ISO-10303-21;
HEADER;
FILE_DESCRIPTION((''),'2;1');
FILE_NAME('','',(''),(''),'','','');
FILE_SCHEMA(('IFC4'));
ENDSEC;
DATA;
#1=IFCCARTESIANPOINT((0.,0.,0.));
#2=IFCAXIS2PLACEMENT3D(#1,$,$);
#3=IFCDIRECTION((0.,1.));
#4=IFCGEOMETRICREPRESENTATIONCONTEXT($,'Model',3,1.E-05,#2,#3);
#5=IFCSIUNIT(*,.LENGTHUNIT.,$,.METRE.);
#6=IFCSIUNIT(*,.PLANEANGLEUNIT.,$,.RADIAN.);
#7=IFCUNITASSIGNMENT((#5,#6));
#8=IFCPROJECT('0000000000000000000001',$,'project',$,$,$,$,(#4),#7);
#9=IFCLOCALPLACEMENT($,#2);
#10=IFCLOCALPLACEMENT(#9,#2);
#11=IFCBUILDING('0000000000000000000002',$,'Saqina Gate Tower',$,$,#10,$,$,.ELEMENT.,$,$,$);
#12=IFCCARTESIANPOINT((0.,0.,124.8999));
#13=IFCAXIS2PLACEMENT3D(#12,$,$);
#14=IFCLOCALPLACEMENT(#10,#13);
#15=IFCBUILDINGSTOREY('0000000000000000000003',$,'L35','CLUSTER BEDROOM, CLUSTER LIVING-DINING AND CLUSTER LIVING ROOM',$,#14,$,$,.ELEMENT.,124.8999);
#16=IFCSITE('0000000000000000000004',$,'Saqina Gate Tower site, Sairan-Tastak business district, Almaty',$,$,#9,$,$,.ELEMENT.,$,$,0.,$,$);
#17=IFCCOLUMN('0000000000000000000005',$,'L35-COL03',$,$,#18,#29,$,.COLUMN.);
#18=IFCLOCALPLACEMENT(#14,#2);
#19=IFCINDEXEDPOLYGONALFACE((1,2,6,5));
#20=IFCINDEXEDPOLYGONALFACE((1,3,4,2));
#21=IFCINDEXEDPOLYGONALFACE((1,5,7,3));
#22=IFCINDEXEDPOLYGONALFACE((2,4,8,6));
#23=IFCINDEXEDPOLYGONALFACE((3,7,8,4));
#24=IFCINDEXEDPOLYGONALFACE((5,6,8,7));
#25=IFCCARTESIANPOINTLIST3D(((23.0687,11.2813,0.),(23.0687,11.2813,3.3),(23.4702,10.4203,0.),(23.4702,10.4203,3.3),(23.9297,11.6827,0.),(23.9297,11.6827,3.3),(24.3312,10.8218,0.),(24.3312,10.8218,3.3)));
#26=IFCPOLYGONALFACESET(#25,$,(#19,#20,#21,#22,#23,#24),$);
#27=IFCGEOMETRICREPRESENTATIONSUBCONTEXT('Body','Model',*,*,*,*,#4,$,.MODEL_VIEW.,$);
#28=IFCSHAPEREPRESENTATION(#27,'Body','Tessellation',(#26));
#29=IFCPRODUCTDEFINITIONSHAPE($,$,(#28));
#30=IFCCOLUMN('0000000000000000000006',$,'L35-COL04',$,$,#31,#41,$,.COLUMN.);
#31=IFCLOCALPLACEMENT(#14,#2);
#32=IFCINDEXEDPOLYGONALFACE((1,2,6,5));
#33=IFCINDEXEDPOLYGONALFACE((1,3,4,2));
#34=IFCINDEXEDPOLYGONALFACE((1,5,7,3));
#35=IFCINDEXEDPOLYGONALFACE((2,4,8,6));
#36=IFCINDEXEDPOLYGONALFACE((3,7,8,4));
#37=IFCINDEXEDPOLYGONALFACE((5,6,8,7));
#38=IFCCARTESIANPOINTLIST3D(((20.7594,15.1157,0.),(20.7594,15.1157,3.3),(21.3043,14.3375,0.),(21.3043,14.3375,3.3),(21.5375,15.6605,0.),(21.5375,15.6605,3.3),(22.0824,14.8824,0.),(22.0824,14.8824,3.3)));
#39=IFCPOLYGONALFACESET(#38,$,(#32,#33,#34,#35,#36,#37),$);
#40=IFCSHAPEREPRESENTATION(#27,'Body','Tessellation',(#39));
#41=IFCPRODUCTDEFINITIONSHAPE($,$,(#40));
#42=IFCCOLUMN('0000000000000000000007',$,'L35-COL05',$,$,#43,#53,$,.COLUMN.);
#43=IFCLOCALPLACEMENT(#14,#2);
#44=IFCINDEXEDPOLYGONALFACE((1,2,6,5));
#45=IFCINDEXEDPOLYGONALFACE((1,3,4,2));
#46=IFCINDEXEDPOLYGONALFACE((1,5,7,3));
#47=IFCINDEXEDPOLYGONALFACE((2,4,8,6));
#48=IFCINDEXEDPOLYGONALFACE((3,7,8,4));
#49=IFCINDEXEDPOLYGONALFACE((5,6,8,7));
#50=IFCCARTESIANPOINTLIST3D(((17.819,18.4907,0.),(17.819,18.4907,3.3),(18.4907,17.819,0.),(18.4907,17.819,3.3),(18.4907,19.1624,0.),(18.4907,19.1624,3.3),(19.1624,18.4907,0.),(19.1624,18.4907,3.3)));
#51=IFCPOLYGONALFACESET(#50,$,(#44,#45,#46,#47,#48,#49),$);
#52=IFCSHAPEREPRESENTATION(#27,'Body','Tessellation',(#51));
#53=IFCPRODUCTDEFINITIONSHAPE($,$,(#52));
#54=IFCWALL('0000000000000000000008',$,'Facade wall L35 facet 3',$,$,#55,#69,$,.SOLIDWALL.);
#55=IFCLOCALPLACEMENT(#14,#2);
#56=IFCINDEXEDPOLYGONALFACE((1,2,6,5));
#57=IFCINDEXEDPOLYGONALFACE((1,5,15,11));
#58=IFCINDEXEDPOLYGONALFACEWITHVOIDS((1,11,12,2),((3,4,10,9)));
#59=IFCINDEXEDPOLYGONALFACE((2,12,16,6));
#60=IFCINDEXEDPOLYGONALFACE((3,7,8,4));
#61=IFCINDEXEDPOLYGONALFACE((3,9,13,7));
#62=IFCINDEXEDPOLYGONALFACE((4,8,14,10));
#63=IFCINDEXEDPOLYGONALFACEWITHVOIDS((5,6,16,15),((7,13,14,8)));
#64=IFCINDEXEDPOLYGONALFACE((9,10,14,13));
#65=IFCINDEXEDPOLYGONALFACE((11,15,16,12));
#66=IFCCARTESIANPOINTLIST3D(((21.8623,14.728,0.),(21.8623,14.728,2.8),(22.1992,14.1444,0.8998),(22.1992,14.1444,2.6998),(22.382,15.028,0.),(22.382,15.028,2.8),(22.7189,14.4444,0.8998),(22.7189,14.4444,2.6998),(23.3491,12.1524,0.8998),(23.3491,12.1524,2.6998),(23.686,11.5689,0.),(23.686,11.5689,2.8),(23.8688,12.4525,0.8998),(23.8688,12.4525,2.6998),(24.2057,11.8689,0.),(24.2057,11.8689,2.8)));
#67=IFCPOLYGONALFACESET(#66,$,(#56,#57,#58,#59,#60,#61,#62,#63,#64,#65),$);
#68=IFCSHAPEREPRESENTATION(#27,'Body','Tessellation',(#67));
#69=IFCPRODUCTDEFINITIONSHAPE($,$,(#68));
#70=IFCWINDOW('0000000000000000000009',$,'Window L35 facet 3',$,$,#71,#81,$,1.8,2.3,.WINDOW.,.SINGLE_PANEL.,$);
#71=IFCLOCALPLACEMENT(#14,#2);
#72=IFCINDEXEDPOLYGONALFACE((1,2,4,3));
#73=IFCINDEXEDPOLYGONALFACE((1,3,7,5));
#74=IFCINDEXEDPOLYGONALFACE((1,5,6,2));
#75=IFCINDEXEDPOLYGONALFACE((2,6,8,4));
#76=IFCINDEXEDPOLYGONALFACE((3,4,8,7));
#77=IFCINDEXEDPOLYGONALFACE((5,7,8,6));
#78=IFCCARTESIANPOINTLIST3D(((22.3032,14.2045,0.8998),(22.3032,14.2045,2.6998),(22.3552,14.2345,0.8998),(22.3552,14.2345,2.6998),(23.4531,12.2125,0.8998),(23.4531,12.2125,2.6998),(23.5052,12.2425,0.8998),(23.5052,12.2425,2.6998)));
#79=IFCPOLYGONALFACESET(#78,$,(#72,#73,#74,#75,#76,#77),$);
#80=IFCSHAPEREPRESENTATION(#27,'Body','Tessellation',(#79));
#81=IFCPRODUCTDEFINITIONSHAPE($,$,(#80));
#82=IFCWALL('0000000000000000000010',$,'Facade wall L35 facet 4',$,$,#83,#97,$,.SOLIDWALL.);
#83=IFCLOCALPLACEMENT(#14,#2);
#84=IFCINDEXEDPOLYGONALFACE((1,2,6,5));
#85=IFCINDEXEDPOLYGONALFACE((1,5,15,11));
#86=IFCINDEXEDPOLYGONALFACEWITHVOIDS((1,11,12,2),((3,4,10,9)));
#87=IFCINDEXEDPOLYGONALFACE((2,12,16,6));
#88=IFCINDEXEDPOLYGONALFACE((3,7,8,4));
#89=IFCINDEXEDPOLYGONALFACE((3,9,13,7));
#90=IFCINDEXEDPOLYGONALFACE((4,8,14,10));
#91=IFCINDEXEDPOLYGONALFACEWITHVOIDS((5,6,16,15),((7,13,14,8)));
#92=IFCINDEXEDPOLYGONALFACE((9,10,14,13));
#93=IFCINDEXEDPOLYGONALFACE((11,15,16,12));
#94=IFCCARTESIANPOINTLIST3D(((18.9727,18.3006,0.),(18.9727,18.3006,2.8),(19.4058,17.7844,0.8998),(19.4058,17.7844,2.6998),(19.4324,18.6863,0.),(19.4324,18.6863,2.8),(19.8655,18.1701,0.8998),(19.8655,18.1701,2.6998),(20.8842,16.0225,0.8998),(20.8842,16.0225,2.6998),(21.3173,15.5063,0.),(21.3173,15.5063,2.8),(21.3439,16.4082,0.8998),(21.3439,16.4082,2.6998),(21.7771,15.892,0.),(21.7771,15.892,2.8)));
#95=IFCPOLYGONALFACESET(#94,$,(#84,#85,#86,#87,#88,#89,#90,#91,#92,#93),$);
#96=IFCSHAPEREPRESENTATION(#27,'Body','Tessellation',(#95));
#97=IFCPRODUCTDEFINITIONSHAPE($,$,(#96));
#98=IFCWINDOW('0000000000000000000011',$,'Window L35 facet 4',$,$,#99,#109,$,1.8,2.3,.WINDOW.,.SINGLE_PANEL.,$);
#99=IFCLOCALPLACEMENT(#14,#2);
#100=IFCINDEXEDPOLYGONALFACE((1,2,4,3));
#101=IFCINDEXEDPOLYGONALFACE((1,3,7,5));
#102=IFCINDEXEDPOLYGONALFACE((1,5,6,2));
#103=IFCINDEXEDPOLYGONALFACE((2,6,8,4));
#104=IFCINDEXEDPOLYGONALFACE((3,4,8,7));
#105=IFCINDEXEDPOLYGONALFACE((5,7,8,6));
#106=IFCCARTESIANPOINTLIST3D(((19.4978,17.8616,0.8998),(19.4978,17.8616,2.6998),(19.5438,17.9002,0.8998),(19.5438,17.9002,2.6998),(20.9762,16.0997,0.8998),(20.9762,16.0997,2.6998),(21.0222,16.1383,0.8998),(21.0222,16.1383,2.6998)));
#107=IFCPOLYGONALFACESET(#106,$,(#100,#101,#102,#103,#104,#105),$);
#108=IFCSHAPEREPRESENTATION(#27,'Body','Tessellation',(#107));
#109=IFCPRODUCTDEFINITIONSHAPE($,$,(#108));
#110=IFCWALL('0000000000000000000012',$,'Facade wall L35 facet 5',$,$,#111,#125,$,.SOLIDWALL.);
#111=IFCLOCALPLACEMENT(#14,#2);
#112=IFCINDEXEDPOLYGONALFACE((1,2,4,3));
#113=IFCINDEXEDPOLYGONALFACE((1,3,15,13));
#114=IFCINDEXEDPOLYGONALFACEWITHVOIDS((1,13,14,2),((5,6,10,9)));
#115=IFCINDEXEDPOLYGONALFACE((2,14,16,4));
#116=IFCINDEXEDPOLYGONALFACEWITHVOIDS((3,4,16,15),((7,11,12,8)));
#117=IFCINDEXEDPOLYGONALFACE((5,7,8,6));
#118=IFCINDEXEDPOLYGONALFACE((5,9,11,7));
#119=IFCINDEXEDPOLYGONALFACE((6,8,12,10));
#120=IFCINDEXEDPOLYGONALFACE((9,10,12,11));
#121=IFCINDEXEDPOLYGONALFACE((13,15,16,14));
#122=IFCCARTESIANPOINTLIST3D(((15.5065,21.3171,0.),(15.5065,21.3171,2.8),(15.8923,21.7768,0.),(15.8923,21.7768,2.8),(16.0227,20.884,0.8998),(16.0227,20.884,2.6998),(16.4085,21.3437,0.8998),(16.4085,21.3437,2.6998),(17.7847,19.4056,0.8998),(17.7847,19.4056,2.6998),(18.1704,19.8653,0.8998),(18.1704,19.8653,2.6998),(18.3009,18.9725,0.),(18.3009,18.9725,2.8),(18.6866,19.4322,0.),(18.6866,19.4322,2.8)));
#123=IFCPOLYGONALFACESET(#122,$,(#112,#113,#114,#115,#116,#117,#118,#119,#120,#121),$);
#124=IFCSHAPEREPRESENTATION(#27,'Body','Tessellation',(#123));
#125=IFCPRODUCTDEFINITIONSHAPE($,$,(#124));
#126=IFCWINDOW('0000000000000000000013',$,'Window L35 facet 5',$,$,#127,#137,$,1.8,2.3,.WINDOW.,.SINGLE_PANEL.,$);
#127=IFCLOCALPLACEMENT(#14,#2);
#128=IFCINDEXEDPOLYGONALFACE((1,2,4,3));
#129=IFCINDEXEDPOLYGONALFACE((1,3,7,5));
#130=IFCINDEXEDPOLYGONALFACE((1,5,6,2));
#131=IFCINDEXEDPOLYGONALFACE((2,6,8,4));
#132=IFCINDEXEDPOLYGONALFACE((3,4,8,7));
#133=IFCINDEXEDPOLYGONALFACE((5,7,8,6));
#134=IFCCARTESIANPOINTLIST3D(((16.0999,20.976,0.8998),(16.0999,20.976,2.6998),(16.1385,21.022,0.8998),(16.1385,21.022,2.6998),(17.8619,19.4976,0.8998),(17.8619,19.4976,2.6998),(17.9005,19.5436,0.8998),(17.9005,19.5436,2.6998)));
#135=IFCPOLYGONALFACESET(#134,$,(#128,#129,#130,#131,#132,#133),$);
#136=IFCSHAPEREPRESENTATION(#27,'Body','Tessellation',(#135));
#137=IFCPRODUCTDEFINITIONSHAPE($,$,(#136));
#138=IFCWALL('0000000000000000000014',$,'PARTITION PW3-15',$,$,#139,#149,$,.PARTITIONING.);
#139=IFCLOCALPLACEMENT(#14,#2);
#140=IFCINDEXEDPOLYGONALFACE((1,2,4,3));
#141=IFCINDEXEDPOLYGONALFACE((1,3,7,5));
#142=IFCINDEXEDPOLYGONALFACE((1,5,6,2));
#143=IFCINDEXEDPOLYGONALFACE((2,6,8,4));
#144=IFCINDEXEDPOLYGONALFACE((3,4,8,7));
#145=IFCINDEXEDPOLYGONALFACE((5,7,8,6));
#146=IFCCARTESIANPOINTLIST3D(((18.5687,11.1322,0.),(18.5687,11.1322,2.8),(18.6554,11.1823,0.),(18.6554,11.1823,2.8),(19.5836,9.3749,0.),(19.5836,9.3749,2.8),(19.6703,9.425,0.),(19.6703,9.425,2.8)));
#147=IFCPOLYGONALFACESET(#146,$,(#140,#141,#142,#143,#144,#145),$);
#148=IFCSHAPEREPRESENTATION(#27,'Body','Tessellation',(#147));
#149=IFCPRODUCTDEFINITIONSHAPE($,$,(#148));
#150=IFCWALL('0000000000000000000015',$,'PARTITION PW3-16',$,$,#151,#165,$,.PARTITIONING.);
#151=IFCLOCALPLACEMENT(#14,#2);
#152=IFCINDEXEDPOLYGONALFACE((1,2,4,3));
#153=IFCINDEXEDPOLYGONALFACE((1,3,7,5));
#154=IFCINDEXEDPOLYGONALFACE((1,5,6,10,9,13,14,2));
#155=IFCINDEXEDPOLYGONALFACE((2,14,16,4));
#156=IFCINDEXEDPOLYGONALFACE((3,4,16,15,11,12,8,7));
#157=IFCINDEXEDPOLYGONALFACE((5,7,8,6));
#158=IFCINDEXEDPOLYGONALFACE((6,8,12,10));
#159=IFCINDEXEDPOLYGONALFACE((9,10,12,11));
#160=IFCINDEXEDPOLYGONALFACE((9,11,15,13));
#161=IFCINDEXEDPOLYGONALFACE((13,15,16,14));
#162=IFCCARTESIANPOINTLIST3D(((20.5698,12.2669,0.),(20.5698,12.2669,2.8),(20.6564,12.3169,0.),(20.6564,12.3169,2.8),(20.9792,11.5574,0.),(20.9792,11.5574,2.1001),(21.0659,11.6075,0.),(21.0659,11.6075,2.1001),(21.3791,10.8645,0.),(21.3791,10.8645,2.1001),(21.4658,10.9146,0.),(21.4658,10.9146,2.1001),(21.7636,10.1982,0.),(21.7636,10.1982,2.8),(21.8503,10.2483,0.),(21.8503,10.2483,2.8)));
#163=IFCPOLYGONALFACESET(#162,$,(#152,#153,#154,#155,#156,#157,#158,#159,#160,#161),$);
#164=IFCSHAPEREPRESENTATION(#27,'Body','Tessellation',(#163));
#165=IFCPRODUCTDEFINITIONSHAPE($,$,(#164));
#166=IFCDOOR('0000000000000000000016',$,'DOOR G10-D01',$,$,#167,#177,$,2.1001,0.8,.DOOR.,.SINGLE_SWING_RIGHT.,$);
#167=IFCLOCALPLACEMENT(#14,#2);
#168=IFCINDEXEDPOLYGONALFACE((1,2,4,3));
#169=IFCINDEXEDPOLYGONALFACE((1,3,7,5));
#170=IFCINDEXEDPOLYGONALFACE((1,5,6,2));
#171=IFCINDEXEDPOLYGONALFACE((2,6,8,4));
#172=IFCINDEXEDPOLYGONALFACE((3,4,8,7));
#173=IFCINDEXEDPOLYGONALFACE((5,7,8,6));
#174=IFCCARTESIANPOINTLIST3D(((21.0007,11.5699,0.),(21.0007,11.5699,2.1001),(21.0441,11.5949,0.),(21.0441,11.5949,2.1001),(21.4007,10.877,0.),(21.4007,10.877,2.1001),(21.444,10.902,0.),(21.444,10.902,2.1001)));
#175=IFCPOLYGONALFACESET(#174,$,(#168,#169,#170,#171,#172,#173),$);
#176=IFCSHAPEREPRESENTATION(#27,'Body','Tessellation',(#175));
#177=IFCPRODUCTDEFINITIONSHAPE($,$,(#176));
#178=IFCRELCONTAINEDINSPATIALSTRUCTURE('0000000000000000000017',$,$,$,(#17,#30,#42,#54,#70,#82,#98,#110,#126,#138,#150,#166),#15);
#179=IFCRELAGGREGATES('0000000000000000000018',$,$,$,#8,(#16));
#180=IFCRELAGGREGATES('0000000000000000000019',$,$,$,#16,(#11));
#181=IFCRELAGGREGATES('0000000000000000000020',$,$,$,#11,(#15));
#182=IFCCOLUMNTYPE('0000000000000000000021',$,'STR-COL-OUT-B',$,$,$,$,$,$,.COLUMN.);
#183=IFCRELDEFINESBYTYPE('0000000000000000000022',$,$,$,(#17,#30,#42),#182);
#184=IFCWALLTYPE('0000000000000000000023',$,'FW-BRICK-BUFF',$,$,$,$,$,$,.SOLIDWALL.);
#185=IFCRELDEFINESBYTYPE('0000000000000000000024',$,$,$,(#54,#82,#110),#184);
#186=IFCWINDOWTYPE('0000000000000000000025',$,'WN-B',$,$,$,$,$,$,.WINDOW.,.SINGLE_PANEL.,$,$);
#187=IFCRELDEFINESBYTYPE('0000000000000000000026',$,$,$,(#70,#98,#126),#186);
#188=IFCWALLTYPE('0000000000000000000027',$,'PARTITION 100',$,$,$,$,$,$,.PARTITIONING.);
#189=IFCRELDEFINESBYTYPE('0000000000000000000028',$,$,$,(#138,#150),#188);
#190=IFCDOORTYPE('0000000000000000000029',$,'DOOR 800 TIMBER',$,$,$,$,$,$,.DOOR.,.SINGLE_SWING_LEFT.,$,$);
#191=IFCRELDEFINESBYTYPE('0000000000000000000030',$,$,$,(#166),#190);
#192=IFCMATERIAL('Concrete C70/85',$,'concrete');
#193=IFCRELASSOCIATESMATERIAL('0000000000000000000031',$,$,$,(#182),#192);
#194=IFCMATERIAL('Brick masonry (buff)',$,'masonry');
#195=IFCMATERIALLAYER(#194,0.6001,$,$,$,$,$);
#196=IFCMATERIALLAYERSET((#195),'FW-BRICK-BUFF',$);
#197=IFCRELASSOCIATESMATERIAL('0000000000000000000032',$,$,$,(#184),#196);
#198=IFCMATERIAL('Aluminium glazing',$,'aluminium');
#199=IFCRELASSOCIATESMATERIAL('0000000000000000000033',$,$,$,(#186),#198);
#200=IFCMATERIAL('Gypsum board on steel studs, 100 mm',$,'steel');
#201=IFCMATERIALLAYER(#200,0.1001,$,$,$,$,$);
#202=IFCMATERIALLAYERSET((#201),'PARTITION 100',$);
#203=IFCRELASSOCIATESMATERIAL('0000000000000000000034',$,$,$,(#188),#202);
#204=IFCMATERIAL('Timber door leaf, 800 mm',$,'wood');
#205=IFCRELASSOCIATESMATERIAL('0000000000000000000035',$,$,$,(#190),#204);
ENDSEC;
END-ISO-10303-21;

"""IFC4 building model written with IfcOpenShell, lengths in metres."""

from ifc_helpers import new_model, si_unit, direction, frame, frame_2d, origin, origin_2d, place, context, subcontext, project, spatial, rectangle, extrude, material, layer, layer_set, material_profile, profile_set, type_object, element, fill, save


model = new_model("IFC4")

# Units and contexts
model_context = context("Model", 3, precision=1e-05, world=origin(), true_north=direction((0.0, 1.0)))
body_context = subcontext(model_context, "Body", "Model", "MODEL_VIEW")
ifc_project = project(units=[si_unit("LENGTHUNIT", "METRE"), si_unit("PLANEANGLEUNIT", "RADIAN")], contexts=[model_context])

# Site, building, storey
site_placement = place(None, origin())
site = spatial("IfcSite", under=ifc_project, at=site_placement, Name="Saqina Gate Tower site, Sairan-Tastak business district, Almaty", CompositionType="ELEMENT", RefElevation=0.0)
building_placement = place(site_placement, origin())
building = spatial("IfcBuilding", under=site, at=building_placement, Name="Saqina Gate Tower", CompositionType="ELEMENT")
storey_placement = place(building_placement, frame((0.0, 0.0, 124.8999)))
storey = spatial("IfcBuildingStorey", under=building, at=storey_placement, Name="L35", Description="CLUSTER BEDROOM, CLUSTER LIVING-DINING AND CLUSTER LIVING ROOM", CompositionType="ELEMENT", Elevation=124.8999)

# Columns
ifc_material_1 = material(Name="Concrete C70/85", Category="concrete")
ifc_material_profile = material_profile(ifc_material_1, rectangle(XDim=0.95, YDim=0.95, at=origin_2d()), Name="RC 950x950")
ifc_profile_set = profile_set([ifc_material_profile], Name="Concrete C70/85")
column_type = type_object("IfcColumnType", Name="STR-COL-OUT-B", PredefinedType="COLUMN", material=ifc_profile_set)
for number, where, z_axis, x_axis, name in (
    (1, (23.7, 11.0515, 0.0), (0.0, 0.0, 1.0), (0.906308, 0.422618, 0.0), "L35-COL03"),
    (2, (21.4209, 14.999, 0.0), (0.0, 0.0, 1.0), (0.819152, 0.573576, 0.0), "L35-COL04"),
    (3, (18.4907, 18.4907, 0.0), (0.0, 0.0, 1.0), (0.707107, 0.707107, 0.0), "L35-COL05"),
):
    element("IfcColumn", number, at=place(storey_placement, frame(where, z_axis=z_axis, x_axis=x_axis)), inside=storey, type_object=column_type, Name=name, PredefinedType="COLUMN", context=body_context, shape_type="SweptSolid", body=[
        extrude(rectangle(XDim=0.95, YDim=0.95, at=origin_2d()), origin(), (0.0, 0.0, 1.0), 3.3),
    ])

# Walls, openings, windows
ifc_material_2 = material(Name="Brick masonry (buff)", Category="masonry")
ifc_layer_1 = layer(ifc_material_2, 0.6001)
ifc_layer_set_1 = layer_set([ifc_layer_1], Name="FW-BRICK-BUFF")
wall_type_1 = type_object("IfcWallType", Name="FW-BRICK-BUFF", PredefinedType="SOLIDWALL", material=ifc_layer_set_1)
wall_1_placement = place(storey_placement, frame((23.9458, 11.719, 0.0), z_axis=(0.0, 0.0, 1.0), x_axis=(-0.499954, 0.866052, 0.0)))
wall_1 = element("IfcWall", 4, at=wall_1_placement, inside=storey, type_object=wall_type_1, Name="Facade wall L35 facet 3", PredefinedType="SOLIDWALL", context=body_context, shape_type="SweptSolid", body=[
    extrude(rectangle(XDim=3.6477, YDim=0.6001, at=frame_2d((1.8237, 0.0))), origin(), (0.0, 0.0, 1.0), 2.8),
])
opening_1_placement = place(wall_1_placement, frame((0.6738, 0.0, 0.8999)))
opening_1 = element("IfcOpeningElement", 5, at=opening_1_placement, cuts=wall_1, PredefinedType="OPENING", context=body_context, shape_type="SweptSolid", body=[
    extrude(rectangle(XDim=2.3, YDim=1.8, at=frame_2d((1.1499, 0.8999))), frame((0.0, 0.312, 0.0), z_axis=(0.0, -1.0, 0.0), x_axis=(1.0, 0.0, 0.0)), (0.0, 0.0, 1.0), 0.624),
])
ifc_material_3 = material(Name="Aluminium glazing", Category="aluminium")
window_type = type_object("IfcWindowType", Name="WN-B", PartitioningType="SINGLE_PANEL", PredefinedType="WINDOW", material=ifc_material_3)
window_1_placement = place(opening_1_placement, origin())
window_1 = element("IfcWindow", 6, at=window_1_placement, inside=storey, type_object=window_type, Name="Window L35 facet 3", OverallHeight=1.8, OverallWidth=2.3, PartitioningType="SINGLE_PANEL", PredefinedType="WINDOW", context=body_context, shape_type="SweptSolid", body=[
    extrude(rectangle(XDim=2.3, YDim=1.8, at=frame_2d((1.1499, 0.8999))), frame((0.0, 0.1799, 0.0), z_axis=(0.0, -1.0, 0.0), x_axis=(1.0, 0.0, 0.0)), (0.0, 0.0, 1.0), 0.0601),
])
fill(opening_1, window_1)
wall_2_placement = place(storey_placement, frame((21.5471, 15.6992, 0.0), z_axis=(0.0, 0.0, 1.0), x_axis=(-0.642774, 0.766055, 0.0)))
wall_2 = element("IfcWall", 7, at=wall_2_placement, inside=storey, type_object=wall_type_1, Name="Facade wall L35 facet 4", PredefinedType="SOLIDWALL", context=body_context, shape_type="SweptSolid", body=[
    extrude(rectangle(XDim=3.6477, YDim=0.6001, at=frame_2d((1.8237, 0.0))), origin(), (0.0, 0.0, 1.0), 2.8),
])
opening_2_placement = place(wall_2_placement, frame((0.6738, 0.0, 0.8999)))
opening_2 = element("IfcOpeningElement", 8, at=opening_2_placement, cuts=wall_2, PredefinedType="OPENING", context=body_context, shape_type="SweptSolid", body=[
    extrude(rectangle(XDim=2.3, YDim=1.8, at=frame_2d((1.1499, 0.8999))), frame((0.0, 0.312, 0.0), z_axis=(0.0, -1.0, 0.0), x_axis=(1.0, 0.0, 0.0)), (0.0, 0.0, 1.0), 0.624),
])
window_2_placement = place(opening_2_placement, origin())
window_2 = element("IfcWindow", 9, at=window_2_placement, inside=storey, type_object=window_type, Name="Window L35 facet 4", OverallHeight=1.8, OverallWidth=2.3, PartitioningType="SINGLE_PANEL", PredefinedType="WINDOW", context=body_context, shape_type="SweptSolid", body=[
    extrude(rectangle(XDim=2.3, YDim=1.8, at=frame_2d((1.1499, 0.8999))), frame((0.0, 0.1799, 0.0), z_axis=(0.0, -1.0, 0.0), x_axis=(1.0, 0.0, 0.0)), (0.0, 0.0, 1.0), 0.0601),
])
fill(opening_2, window_2)
wall_3_placement = place(storey_placement, frame((18.4937, 19.2024, 0.0), z_axis=(0.0, 0.0, 1.0), x_axis=(-0.766055, 0.642774, 0.0)))
wall_3 = element("IfcWall", 10, at=wall_3_placement, inside=storey, type_object=wall_type_1, Name="Facade wall L35 facet 5", PredefinedType="SOLIDWALL", context=body_context, shape_type="SweptSolid", body=[
    extrude(rectangle(XDim=3.6477, YDim=0.6001, at=frame_2d((1.8237, 0.0))), origin(), (0.0, 0.0, 1.0), 2.8),
])
opening_3_placement = place(wall_3_placement, frame((0.6738, 0.0, 0.8999)))
opening_3 = element("IfcOpeningElement", 11, at=opening_3_placement, cuts=wall_3, PredefinedType="OPENING", context=body_context, shape_type="SweptSolid", body=[
    extrude(rectangle(XDim=2.3, YDim=1.8, at=frame_2d((1.1499, 0.8999))), frame((0.0, 0.312, 0.0), z_axis=(0.0, -1.0, 0.0), x_axis=(1.0, 0.0, 0.0)), (0.0, 0.0, 1.0), 0.624),
])
window_3_placement = place(opening_3_placement, origin())
window_3 = element("IfcWindow", 12, at=window_3_placement, inside=storey, type_object=window_type, Name="Window L35 facet 5", OverallHeight=1.8, OverallWidth=2.3, PartitioningType="SINGLE_PANEL", PredefinedType="WINDOW", context=body_context, shape_type="SweptSolid", body=[
    extrude(rectangle(XDim=2.3, YDim=1.8, at=frame_2d((1.1499, 0.8999))), frame((0.0, 0.1799, 0.0), z_axis=(0.0, -1.0, 0.0), x_axis=(1.0, 0.0, 0.0)), (0.0, 0.0, 1.0), 0.0601),
])
fill(opening_3, window_3)

# Wall
ifc_material_4 = material(Name="Gypsum board on steel studs, 100 mm", Category="steel")
ifc_layer_2 = layer(ifc_material_4, 0.1001)
ifc_layer_set_2 = layer_set([ifc_layer_2], Name="PARTITION 100")
wall_type_2 = type_object("IfcWallType", Name="PARTITION 100", PredefinedType="PARTITIONING", material=ifc_layer_set_2)
wall_4_placement = place(storey_placement, frame((18.6121, 11.1572, 0.0), z_axis=(0.0, 0.0, 1.0), x_axis=(0.500111, -0.865961, 0.0)))
element("IfcWall", 13, at=wall_4_placement, inside=storey, type_object=wall_type_2, Name="PARTITION PW3-15", PredefinedType="PARTITIONING", context=body_context, shape_type="SweptSolid", body=[
    extrude(rectangle(XDim=2.0293, YDim=0.1001, at=frame_2d((1.0146, 0.0))), origin(), (0.0, 0.0, 1.0), 2.8),
])

# Wall, opening, door
wall_5_placement = place(storey_placement, frame((20.613, 12.292, 0.0), z_axis=(0.0, 0.0, 1.0), x_axis=(0.499855, -0.866109, 0.0)))
wall_5 = element("IfcWall", 14, at=wall_5_placement, inside=storey, type_object=wall_type_2, Name="PARTITION PW3-16", PredefinedType="PARTITIONING", context=body_context, shape_type="SweptSolid", body=[
    extrude(rectangle(XDim=2.3884, YDim=0.1001, at=frame_2d((1.1943, 0.0))), origin(), (0.0, 0.0, 1.0), 2.8),
])
opening_4_placement = place(wall_5_placement, frame((0.8193, 0.0, 0.0)))
opening_4 = element("IfcOpeningElement", 15, at=opening_4_placement, cuts=wall_5, PredefinedType="OPENING", context=body_context, shape_type="SweptSolid", body=[
    extrude(rectangle(XDim=0.8, YDim=2.1001, at=frame_2d((0.3999, 1.05))), frame((0.0, 0.062, 0.0), z_axis=(0.0, -1.0, 0.0), x_axis=(1.0, 0.0, 0.0)), (0.0, 0.0, 1.0), 0.124),
])
ifc_material_5 = material(Name="Timber door leaf, 800 mm", Category="wood")
door_type_1 = type_object("IfcDoorType", Name="DOOR 800 TIMBER", OperationType="SINGLE_SWING_LEFT", PredefinedType="DOOR", material=ifc_material_5)
door_1_placement = place(opening_4_placement, origin())
door_1 = element("IfcDoor", 16, at=door_1_placement, inside=storey, type_object=door_type_1, Name="DOOR G10-D01", OperationType="SINGLE_SWING_RIGHT", OverallHeight=2.1001, OverallWidth=0.8, PredefinedType="DOOR", context=body_context, shape_type="SweptSolid", body=[
    extrude(rectangle(XDim=0.8, YDim=2.1001, at=frame_2d((0.3999, 1.05))), frame((0.0, 0.0249, 0.0), z_axis=(0.0, -1.0, 0.0), x_axis=(1.0, 0.0, 0.0)), (0.0, 0.0, 1.0), 0.05),
])
fill(opening_4, door_1)

save(model, "model.ifc")
